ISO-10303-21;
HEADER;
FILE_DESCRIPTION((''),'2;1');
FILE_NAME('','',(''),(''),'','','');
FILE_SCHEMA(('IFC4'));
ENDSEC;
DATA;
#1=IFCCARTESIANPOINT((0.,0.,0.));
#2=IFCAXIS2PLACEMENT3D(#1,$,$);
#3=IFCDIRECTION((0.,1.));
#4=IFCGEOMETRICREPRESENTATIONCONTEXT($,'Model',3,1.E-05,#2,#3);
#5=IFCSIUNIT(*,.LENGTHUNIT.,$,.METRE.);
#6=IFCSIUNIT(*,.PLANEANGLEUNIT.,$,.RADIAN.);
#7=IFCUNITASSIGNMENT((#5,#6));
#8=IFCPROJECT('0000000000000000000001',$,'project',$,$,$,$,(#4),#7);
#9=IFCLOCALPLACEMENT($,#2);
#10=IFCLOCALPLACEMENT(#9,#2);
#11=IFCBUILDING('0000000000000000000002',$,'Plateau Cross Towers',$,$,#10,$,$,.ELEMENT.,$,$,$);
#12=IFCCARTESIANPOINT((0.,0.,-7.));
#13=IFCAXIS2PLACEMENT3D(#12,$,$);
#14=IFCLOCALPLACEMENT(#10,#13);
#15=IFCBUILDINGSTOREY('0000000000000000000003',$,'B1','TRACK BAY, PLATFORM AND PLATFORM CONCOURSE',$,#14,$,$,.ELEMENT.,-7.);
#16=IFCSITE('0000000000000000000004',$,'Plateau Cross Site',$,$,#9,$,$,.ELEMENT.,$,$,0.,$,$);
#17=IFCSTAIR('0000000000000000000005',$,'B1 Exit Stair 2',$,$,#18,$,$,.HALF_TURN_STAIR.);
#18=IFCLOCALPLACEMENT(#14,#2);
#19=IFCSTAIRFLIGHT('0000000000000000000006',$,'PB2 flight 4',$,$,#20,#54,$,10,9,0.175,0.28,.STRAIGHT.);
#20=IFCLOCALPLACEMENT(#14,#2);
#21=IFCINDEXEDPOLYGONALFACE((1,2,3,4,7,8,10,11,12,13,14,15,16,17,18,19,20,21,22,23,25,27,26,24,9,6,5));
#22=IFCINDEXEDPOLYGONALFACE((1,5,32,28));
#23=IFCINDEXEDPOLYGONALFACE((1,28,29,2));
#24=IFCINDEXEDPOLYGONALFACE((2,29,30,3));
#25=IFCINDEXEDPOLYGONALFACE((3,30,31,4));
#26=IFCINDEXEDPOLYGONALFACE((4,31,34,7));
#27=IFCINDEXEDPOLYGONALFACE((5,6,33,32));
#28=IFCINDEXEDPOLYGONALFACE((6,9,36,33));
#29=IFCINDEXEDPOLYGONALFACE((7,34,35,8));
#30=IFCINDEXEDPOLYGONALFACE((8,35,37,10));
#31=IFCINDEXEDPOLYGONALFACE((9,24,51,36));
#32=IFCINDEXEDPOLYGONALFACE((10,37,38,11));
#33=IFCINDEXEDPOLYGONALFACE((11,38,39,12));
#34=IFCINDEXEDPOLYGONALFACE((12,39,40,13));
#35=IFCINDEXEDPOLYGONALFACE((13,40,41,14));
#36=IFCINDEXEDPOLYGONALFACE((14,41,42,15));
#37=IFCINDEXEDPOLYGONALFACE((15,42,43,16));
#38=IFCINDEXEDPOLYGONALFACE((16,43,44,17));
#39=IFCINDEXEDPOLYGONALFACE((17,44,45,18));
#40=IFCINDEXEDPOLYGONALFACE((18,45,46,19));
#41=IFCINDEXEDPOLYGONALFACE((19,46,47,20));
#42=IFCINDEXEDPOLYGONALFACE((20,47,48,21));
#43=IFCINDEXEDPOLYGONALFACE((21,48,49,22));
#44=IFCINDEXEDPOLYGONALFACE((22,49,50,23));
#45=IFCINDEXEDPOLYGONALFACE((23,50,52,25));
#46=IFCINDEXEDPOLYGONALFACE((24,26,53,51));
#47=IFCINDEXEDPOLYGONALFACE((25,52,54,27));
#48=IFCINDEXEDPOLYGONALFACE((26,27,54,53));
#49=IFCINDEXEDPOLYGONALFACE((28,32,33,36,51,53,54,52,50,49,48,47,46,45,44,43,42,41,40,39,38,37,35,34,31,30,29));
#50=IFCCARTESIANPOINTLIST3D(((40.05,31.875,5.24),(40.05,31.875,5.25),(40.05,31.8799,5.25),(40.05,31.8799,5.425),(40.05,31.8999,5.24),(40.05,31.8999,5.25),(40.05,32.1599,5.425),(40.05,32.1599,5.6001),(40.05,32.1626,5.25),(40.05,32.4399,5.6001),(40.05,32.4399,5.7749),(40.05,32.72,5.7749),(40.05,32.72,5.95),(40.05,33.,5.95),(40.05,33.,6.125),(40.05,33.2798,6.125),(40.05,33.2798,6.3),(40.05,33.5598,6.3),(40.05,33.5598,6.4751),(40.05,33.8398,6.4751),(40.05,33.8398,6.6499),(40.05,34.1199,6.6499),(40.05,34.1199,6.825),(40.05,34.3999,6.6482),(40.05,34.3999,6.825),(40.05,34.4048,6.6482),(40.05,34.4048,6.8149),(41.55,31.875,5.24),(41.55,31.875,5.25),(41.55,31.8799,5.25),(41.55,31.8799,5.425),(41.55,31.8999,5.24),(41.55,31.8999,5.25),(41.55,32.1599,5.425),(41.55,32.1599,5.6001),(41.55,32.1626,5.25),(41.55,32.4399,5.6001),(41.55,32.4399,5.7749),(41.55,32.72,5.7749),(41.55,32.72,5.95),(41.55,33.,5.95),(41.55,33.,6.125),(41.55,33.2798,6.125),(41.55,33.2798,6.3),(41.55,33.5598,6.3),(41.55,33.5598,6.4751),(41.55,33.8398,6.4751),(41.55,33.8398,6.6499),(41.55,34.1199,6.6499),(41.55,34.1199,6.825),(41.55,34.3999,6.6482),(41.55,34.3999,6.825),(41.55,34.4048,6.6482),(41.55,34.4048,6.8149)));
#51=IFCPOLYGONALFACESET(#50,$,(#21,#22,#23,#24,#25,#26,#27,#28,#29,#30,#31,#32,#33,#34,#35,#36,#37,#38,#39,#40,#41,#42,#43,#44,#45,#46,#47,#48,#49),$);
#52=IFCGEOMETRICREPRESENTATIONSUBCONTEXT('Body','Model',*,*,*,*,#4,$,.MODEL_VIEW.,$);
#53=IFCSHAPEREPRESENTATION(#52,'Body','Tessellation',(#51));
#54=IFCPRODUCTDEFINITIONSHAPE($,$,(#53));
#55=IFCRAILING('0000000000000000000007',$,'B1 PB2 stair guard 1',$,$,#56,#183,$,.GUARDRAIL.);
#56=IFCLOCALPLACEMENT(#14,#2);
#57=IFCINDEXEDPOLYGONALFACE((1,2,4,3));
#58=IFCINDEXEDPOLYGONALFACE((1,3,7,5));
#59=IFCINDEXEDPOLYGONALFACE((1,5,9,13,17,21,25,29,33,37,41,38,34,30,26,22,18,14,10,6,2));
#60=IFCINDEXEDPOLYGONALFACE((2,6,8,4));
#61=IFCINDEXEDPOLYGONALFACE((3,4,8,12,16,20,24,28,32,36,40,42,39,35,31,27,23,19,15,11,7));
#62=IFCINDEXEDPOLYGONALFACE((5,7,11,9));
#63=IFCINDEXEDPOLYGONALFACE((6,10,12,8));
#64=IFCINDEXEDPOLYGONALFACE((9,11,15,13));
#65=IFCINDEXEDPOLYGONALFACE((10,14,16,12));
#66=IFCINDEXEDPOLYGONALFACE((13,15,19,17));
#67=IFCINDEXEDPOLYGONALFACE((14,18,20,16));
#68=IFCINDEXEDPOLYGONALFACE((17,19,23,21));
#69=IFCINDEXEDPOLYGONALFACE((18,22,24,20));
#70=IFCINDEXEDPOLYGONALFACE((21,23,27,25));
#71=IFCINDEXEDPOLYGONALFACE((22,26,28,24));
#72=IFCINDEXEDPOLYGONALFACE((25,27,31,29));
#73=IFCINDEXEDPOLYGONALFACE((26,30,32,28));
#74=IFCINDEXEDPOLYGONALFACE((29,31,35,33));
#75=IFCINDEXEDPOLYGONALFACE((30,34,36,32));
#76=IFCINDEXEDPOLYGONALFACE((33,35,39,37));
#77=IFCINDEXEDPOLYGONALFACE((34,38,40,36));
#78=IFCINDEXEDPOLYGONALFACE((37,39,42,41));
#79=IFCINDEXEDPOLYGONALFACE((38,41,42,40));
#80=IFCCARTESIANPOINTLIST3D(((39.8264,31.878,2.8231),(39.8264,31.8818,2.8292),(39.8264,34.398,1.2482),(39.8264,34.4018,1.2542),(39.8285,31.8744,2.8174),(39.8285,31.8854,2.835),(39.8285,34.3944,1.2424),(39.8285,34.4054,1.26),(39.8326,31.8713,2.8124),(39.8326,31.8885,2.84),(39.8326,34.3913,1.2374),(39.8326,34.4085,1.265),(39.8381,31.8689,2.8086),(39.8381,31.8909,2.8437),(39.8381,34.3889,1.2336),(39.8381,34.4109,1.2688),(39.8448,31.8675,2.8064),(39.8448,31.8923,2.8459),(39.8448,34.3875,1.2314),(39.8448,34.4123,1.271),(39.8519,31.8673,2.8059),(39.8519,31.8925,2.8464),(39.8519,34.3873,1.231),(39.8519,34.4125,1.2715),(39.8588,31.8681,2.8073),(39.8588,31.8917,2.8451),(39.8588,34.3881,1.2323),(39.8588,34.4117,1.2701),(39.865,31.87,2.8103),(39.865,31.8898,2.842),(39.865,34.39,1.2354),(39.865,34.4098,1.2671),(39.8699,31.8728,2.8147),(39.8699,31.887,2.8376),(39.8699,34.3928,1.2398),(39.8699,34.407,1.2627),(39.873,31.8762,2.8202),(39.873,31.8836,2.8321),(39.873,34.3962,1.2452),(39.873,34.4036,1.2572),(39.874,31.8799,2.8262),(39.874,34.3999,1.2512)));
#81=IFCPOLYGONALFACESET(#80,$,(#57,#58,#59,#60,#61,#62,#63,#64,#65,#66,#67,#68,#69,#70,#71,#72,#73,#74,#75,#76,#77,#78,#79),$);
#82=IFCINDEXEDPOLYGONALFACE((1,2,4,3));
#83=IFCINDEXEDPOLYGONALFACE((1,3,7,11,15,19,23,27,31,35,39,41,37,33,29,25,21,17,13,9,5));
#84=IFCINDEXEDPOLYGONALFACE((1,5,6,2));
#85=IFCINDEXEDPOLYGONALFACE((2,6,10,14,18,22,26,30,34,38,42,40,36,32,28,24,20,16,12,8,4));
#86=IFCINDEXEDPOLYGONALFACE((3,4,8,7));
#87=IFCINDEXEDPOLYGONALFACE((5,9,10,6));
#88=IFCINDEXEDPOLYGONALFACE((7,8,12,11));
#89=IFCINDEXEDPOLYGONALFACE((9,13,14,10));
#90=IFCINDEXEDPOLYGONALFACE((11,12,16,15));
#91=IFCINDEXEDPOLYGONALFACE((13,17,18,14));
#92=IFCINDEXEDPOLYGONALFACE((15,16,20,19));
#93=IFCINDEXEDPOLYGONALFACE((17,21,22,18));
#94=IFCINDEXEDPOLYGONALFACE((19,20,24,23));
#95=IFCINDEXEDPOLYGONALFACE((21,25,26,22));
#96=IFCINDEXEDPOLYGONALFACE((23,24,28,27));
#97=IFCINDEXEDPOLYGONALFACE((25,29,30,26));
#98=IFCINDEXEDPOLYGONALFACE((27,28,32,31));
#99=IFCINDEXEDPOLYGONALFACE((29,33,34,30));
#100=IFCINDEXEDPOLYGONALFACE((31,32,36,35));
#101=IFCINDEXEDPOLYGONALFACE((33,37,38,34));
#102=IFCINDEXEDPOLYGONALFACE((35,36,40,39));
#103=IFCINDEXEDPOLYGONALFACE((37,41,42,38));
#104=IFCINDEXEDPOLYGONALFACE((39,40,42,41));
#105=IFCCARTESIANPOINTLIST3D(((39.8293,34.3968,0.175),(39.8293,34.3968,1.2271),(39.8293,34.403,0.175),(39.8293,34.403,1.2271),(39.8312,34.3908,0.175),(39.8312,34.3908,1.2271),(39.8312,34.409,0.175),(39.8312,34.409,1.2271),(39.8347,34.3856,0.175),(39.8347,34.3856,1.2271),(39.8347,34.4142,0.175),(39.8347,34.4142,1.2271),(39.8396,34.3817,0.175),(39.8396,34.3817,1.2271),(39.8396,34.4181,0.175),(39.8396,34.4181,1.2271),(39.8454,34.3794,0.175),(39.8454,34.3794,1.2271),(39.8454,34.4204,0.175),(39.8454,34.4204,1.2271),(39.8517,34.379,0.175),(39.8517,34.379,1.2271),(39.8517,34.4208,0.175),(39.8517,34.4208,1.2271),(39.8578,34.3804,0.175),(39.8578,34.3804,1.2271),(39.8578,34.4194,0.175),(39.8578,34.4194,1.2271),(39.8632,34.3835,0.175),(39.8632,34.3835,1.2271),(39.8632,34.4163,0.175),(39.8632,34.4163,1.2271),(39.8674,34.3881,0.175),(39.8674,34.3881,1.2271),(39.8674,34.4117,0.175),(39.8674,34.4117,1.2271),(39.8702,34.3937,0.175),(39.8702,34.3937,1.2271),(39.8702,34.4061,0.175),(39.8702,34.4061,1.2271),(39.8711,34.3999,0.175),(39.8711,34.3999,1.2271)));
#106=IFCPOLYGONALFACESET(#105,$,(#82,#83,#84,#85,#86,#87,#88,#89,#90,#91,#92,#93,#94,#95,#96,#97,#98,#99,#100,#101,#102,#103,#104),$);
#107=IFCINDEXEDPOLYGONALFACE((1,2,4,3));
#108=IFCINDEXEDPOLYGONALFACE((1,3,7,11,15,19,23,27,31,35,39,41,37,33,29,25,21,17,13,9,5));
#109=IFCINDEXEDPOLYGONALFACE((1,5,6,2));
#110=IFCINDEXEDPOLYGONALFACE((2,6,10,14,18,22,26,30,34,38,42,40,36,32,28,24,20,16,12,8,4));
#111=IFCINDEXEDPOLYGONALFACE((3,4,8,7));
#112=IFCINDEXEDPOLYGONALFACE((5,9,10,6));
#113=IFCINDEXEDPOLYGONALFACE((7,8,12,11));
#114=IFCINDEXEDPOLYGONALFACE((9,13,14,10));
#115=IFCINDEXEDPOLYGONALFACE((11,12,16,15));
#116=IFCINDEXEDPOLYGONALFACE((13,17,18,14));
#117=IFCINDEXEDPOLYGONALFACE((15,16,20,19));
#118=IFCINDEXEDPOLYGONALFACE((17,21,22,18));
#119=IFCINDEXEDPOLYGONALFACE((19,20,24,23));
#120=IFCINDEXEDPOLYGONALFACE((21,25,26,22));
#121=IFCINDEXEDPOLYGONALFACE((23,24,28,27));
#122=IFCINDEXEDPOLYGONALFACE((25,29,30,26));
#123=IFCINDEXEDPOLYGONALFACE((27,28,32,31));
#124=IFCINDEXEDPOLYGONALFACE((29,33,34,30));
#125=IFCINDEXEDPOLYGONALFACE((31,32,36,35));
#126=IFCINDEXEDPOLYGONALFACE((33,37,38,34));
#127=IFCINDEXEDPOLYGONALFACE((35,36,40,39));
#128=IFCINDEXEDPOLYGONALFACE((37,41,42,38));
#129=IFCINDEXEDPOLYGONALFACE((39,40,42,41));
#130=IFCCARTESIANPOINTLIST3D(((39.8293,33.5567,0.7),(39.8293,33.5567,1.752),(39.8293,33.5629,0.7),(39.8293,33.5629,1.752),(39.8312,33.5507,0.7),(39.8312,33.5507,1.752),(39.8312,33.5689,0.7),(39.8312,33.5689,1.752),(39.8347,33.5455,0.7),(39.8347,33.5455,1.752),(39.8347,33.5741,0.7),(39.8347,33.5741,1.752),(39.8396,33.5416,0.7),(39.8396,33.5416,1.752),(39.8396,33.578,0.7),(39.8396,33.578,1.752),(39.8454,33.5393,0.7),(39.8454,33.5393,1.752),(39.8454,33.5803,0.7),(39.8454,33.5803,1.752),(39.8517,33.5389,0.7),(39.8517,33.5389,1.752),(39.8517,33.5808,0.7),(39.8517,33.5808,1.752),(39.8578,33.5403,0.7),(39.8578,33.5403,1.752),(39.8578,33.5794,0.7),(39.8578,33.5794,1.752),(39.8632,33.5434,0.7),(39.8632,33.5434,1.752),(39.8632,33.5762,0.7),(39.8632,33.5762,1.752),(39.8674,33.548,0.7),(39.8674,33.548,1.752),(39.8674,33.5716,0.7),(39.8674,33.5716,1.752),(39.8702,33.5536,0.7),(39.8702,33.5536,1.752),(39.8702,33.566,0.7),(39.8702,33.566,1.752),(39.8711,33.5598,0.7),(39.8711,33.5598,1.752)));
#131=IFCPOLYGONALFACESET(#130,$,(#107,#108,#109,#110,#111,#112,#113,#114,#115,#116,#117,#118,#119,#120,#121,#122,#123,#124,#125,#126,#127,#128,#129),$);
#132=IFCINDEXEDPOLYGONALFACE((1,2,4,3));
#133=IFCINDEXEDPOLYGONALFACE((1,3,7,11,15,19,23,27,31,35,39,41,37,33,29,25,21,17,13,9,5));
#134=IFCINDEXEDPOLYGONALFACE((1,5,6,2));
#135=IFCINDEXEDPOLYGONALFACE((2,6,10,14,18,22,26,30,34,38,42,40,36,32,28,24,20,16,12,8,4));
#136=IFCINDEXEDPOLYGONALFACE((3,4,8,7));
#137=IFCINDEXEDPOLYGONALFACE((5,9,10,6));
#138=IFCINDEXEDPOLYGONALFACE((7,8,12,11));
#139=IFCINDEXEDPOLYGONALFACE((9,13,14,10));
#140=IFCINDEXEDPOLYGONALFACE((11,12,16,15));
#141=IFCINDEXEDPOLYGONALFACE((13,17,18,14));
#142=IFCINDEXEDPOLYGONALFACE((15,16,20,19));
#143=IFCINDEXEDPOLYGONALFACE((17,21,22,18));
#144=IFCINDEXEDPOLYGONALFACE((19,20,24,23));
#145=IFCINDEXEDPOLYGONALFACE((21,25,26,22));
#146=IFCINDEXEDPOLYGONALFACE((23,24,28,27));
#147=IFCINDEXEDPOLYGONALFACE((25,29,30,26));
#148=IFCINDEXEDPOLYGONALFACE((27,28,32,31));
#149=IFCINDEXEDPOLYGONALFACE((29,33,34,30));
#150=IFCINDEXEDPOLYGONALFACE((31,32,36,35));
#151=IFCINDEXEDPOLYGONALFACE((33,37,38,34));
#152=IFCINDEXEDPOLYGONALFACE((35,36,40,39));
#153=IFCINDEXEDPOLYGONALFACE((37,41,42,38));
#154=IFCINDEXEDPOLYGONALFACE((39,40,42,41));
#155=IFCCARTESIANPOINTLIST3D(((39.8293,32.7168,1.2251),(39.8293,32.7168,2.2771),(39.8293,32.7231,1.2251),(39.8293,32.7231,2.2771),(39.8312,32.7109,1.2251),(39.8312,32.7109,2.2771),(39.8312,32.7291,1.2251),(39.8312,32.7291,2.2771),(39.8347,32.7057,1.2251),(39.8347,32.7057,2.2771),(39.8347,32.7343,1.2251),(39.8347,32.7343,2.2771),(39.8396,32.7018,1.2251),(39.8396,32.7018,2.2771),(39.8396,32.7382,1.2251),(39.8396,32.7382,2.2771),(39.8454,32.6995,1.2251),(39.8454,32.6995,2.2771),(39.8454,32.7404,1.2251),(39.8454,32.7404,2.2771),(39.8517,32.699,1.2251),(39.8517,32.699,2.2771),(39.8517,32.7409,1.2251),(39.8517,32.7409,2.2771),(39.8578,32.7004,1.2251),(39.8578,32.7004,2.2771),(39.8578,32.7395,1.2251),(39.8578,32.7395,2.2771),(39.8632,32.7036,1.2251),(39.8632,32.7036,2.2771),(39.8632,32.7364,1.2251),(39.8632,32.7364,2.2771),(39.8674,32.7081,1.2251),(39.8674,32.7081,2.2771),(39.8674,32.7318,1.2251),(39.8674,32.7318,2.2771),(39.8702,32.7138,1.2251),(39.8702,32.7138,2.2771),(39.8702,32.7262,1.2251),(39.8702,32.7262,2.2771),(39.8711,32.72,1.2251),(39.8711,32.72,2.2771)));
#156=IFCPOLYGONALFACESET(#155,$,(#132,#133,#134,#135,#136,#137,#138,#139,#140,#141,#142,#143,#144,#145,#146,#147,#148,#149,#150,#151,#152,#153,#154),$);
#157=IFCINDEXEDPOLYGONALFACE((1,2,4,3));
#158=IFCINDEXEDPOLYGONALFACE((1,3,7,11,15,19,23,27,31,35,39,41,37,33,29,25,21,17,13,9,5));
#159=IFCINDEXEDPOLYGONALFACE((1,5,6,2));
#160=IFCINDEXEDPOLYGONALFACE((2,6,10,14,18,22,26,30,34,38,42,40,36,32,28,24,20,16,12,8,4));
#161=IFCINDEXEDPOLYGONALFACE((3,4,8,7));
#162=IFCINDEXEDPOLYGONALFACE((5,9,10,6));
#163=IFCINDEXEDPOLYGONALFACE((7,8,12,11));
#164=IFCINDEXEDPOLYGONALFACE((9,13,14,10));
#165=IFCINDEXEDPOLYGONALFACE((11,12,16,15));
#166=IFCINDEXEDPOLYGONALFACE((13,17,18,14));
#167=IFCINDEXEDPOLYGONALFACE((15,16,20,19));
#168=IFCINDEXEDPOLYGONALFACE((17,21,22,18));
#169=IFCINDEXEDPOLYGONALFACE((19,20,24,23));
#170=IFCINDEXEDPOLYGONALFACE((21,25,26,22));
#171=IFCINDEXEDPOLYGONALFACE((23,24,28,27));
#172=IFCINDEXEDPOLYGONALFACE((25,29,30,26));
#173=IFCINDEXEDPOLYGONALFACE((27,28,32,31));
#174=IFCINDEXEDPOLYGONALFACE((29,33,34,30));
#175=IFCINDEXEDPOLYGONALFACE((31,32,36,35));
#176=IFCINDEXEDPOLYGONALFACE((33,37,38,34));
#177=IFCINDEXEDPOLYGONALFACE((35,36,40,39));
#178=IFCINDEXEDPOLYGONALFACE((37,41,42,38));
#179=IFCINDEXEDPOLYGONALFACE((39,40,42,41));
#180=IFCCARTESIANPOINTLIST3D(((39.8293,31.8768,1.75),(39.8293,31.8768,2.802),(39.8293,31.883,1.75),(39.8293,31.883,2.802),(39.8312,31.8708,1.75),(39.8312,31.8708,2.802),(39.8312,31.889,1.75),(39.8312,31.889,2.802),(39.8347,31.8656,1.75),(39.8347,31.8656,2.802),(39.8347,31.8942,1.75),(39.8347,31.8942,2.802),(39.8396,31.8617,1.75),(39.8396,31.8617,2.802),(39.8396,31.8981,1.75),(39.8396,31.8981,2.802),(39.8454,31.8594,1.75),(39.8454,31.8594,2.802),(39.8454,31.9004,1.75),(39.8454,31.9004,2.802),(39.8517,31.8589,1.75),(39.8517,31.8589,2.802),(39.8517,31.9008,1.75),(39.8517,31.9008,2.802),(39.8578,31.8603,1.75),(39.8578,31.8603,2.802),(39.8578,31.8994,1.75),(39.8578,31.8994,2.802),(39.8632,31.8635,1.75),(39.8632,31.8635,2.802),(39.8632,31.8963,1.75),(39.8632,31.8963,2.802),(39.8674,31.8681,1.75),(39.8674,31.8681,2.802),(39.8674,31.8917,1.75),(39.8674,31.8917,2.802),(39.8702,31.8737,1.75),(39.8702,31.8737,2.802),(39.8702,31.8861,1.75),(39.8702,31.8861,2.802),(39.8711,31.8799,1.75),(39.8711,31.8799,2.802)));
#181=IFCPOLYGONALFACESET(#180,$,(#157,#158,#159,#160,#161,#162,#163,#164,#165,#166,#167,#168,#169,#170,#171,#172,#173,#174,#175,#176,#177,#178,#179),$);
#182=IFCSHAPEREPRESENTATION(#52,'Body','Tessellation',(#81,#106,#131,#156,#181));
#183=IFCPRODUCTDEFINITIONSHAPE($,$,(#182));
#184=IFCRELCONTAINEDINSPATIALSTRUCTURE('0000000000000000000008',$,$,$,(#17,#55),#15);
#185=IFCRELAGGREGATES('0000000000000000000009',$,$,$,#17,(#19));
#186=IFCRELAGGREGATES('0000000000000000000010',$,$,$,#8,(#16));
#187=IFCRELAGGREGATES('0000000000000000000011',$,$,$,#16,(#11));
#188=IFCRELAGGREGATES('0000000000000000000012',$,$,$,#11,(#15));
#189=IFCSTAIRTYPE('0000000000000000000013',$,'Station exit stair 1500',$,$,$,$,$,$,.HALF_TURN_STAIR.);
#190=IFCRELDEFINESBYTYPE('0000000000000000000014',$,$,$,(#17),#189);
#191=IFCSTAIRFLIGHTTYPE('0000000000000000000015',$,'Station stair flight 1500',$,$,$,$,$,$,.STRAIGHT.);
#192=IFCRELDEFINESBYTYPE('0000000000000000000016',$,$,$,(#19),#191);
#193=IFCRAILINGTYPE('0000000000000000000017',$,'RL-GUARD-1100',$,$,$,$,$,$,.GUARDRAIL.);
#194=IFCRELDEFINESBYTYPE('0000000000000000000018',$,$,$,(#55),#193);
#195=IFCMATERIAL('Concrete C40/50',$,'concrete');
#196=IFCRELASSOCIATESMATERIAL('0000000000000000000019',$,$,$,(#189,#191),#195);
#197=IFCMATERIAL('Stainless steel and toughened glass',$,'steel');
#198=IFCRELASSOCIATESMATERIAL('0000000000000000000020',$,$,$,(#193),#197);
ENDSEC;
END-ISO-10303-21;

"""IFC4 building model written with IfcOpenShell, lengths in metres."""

from ifc_helpers import new_model, si_unit, direction, frame, origin, origin_2d, place, context, subcontext, project, spatial, polyline, circle, outline, extrude, material, type_object, element, aggregate, save


model = new_model("IFC4")

# Units and contexts
model_context = context("Model", 3, precision=1e-05, world=origin(), true_north=direction((0.0, 1.0)))
body_context = subcontext(model_context, "Body", "Model", "MODEL_VIEW")
ifc_project = project(units=[si_unit("LENGTHUNIT", "METRE"), si_unit("PLANEANGLEUNIT", "RADIAN")], contexts=[model_context])

# Site, building, storey
site_placement = place(None, origin())
site = spatial("IfcSite", under=ifc_project, at=site_placement, Name="Plateau Cross Site", CompositionType="ELEMENT", RefElevation=0.0)
building_placement = place(site_placement, origin())
building = spatial("IfcBuilding", under=site, at=building_placement, Name="Plateau Cross Towers", CompositionType="ELEMENT")
storey_placement = place(building_placement, frame((0.0, 0.0, -7.0)))
storey = spatial("IfcBuildingStorey", under=building, at=storey_placement, Name="B1", Description="TRACK BAY, PLATFORM AND PLATFORM CONCOURSE", CompositionType="ELEMENT", Elevation=-7.0)

# Shared definitions
ifc_material_1 = material(Name="Concrete C40/50", Category="concrete")

# Stair, stair flight
stair_type = type_object("IfcStairType", Name="Station exit stair 1500", PredefinedType="HALF_TURN_STAIR", material=ifc_material_1)
stair_placement = place(storey_placement, origin())
stair = element("IfcStair", 1, at=stair_placement, inside=storey, type_object=stair_type, Name="B1 Exit Stair 2", PredefinedType="HALF_TURN_STAIR")
stair_flight_type = type_object("IfcStairFlightType", Name="Station stair flight 1500", PredefinedType="STRAIGHT", material=ifc_material_1)
stair_flight_1_placement = place(storey_placement, frame((40.8, 31.8799, 5.25), z_axis=(0.0, 0.0, 1.0), x_axis=(0.0, 1.0, 0.0)))
stair_flight_1 = element("IfcStairFlight", 2, at=stair_flight_1_placement, type_object=stair_flight_type, Name="PB2 flight 4", NumberOfRisers=10, NumberOfTreads=9, PredefinedType="STRAIGHT", RiserHeight=0.175, TreadLength=0.28, context=body_context, shape_type="SweptSolid", body=[
    extrude(outline(polyline([(-0.0049, -0.01), (-0.0049, 0.0), (0.0, 0.0), (0.0, 0.175), (0.28, 0.175), (0.28, 0.3501), (0.5601, 0.3501), (0.5601, 0.5249), (0.8401, 0.5249), (0.8401, 0.7), (1.1201, 0.7), (1.1201, 0.875), (1.3999, 0.875), (1.3999, 1.05), (1.6799, 1.05), (1.6799, 1.2251), (1.96, 1.2251), (1.96, 1.3999), (2.24, 1.3999), (2.24, 1.575), (2.52, 1.575), (2.5249, 1.5649), (2.5249, 1.3982), (2.52, 1.3982), (0.2827, 0.0), (0.02, 0.0), (0.02, -0.01), (-0.0049, -0.01)])), frame((0.0, 0.75, 0.0), z_axis=(0.0, -1.0, 0.0), x_axis=(1.0, 0.0, 0.0)), (0.0, 0.0, 1.0), 1.5),
])
aggregate(stair, [stair_flight_1])

# Railing
ifc_material_2 = material(Name="Stainless steel and toughened glass", Category="steel")
railing_type_1 = type_object("IfcRailingType", Name="RL-GUARD-1100", PredefinedType="GUARDRAIL", material=ifc_material_2)
railing_1_placement = place(storey_placement, frame((39.8501, 34.3999, 0.175)))
element("IfcRailing", 3, at=railing_1_placement, inside=storey, type_object=railing_type_1, Name="B1 PB2 stair guard 1", PredefinedType="GUARDRAIL", context=body_context, shape_type="SweptSolid", body=[
    extrude(circle(Radius=0.0239, at=origin_2d()), frame((0.0, 0.0, 1.0762), z_axis=(0.0, -0.848008, 0.529984), x_axis=(1.0, 0.0, 0.0)), (0.0, 0.0, 1.0), 2.9717),
    extrude(circle(Radius=0.021, at=origin_2d()), origin(), (0.0, 0.0, 1.0), 1.052),
    extrude(circle(Radius=0.021, at=origin_2d()), frame((0.0, -0.8401, 0.5249)), (0.0, 0.0, 1.0), 1.052),
    extrude(circle(Radius=0.021, at=origin_2d()), frame((0.0, -1.6799, 1.05)), (0.0, 0.0, 1.0), 1.052),
    extrude(circle(Radius=0.021, at=origin_2d()), frame((0.0, -2.52, 1.575)), (0.0, 0.0, 1.0), 1.052),
])

save(model, "model.ifc")
